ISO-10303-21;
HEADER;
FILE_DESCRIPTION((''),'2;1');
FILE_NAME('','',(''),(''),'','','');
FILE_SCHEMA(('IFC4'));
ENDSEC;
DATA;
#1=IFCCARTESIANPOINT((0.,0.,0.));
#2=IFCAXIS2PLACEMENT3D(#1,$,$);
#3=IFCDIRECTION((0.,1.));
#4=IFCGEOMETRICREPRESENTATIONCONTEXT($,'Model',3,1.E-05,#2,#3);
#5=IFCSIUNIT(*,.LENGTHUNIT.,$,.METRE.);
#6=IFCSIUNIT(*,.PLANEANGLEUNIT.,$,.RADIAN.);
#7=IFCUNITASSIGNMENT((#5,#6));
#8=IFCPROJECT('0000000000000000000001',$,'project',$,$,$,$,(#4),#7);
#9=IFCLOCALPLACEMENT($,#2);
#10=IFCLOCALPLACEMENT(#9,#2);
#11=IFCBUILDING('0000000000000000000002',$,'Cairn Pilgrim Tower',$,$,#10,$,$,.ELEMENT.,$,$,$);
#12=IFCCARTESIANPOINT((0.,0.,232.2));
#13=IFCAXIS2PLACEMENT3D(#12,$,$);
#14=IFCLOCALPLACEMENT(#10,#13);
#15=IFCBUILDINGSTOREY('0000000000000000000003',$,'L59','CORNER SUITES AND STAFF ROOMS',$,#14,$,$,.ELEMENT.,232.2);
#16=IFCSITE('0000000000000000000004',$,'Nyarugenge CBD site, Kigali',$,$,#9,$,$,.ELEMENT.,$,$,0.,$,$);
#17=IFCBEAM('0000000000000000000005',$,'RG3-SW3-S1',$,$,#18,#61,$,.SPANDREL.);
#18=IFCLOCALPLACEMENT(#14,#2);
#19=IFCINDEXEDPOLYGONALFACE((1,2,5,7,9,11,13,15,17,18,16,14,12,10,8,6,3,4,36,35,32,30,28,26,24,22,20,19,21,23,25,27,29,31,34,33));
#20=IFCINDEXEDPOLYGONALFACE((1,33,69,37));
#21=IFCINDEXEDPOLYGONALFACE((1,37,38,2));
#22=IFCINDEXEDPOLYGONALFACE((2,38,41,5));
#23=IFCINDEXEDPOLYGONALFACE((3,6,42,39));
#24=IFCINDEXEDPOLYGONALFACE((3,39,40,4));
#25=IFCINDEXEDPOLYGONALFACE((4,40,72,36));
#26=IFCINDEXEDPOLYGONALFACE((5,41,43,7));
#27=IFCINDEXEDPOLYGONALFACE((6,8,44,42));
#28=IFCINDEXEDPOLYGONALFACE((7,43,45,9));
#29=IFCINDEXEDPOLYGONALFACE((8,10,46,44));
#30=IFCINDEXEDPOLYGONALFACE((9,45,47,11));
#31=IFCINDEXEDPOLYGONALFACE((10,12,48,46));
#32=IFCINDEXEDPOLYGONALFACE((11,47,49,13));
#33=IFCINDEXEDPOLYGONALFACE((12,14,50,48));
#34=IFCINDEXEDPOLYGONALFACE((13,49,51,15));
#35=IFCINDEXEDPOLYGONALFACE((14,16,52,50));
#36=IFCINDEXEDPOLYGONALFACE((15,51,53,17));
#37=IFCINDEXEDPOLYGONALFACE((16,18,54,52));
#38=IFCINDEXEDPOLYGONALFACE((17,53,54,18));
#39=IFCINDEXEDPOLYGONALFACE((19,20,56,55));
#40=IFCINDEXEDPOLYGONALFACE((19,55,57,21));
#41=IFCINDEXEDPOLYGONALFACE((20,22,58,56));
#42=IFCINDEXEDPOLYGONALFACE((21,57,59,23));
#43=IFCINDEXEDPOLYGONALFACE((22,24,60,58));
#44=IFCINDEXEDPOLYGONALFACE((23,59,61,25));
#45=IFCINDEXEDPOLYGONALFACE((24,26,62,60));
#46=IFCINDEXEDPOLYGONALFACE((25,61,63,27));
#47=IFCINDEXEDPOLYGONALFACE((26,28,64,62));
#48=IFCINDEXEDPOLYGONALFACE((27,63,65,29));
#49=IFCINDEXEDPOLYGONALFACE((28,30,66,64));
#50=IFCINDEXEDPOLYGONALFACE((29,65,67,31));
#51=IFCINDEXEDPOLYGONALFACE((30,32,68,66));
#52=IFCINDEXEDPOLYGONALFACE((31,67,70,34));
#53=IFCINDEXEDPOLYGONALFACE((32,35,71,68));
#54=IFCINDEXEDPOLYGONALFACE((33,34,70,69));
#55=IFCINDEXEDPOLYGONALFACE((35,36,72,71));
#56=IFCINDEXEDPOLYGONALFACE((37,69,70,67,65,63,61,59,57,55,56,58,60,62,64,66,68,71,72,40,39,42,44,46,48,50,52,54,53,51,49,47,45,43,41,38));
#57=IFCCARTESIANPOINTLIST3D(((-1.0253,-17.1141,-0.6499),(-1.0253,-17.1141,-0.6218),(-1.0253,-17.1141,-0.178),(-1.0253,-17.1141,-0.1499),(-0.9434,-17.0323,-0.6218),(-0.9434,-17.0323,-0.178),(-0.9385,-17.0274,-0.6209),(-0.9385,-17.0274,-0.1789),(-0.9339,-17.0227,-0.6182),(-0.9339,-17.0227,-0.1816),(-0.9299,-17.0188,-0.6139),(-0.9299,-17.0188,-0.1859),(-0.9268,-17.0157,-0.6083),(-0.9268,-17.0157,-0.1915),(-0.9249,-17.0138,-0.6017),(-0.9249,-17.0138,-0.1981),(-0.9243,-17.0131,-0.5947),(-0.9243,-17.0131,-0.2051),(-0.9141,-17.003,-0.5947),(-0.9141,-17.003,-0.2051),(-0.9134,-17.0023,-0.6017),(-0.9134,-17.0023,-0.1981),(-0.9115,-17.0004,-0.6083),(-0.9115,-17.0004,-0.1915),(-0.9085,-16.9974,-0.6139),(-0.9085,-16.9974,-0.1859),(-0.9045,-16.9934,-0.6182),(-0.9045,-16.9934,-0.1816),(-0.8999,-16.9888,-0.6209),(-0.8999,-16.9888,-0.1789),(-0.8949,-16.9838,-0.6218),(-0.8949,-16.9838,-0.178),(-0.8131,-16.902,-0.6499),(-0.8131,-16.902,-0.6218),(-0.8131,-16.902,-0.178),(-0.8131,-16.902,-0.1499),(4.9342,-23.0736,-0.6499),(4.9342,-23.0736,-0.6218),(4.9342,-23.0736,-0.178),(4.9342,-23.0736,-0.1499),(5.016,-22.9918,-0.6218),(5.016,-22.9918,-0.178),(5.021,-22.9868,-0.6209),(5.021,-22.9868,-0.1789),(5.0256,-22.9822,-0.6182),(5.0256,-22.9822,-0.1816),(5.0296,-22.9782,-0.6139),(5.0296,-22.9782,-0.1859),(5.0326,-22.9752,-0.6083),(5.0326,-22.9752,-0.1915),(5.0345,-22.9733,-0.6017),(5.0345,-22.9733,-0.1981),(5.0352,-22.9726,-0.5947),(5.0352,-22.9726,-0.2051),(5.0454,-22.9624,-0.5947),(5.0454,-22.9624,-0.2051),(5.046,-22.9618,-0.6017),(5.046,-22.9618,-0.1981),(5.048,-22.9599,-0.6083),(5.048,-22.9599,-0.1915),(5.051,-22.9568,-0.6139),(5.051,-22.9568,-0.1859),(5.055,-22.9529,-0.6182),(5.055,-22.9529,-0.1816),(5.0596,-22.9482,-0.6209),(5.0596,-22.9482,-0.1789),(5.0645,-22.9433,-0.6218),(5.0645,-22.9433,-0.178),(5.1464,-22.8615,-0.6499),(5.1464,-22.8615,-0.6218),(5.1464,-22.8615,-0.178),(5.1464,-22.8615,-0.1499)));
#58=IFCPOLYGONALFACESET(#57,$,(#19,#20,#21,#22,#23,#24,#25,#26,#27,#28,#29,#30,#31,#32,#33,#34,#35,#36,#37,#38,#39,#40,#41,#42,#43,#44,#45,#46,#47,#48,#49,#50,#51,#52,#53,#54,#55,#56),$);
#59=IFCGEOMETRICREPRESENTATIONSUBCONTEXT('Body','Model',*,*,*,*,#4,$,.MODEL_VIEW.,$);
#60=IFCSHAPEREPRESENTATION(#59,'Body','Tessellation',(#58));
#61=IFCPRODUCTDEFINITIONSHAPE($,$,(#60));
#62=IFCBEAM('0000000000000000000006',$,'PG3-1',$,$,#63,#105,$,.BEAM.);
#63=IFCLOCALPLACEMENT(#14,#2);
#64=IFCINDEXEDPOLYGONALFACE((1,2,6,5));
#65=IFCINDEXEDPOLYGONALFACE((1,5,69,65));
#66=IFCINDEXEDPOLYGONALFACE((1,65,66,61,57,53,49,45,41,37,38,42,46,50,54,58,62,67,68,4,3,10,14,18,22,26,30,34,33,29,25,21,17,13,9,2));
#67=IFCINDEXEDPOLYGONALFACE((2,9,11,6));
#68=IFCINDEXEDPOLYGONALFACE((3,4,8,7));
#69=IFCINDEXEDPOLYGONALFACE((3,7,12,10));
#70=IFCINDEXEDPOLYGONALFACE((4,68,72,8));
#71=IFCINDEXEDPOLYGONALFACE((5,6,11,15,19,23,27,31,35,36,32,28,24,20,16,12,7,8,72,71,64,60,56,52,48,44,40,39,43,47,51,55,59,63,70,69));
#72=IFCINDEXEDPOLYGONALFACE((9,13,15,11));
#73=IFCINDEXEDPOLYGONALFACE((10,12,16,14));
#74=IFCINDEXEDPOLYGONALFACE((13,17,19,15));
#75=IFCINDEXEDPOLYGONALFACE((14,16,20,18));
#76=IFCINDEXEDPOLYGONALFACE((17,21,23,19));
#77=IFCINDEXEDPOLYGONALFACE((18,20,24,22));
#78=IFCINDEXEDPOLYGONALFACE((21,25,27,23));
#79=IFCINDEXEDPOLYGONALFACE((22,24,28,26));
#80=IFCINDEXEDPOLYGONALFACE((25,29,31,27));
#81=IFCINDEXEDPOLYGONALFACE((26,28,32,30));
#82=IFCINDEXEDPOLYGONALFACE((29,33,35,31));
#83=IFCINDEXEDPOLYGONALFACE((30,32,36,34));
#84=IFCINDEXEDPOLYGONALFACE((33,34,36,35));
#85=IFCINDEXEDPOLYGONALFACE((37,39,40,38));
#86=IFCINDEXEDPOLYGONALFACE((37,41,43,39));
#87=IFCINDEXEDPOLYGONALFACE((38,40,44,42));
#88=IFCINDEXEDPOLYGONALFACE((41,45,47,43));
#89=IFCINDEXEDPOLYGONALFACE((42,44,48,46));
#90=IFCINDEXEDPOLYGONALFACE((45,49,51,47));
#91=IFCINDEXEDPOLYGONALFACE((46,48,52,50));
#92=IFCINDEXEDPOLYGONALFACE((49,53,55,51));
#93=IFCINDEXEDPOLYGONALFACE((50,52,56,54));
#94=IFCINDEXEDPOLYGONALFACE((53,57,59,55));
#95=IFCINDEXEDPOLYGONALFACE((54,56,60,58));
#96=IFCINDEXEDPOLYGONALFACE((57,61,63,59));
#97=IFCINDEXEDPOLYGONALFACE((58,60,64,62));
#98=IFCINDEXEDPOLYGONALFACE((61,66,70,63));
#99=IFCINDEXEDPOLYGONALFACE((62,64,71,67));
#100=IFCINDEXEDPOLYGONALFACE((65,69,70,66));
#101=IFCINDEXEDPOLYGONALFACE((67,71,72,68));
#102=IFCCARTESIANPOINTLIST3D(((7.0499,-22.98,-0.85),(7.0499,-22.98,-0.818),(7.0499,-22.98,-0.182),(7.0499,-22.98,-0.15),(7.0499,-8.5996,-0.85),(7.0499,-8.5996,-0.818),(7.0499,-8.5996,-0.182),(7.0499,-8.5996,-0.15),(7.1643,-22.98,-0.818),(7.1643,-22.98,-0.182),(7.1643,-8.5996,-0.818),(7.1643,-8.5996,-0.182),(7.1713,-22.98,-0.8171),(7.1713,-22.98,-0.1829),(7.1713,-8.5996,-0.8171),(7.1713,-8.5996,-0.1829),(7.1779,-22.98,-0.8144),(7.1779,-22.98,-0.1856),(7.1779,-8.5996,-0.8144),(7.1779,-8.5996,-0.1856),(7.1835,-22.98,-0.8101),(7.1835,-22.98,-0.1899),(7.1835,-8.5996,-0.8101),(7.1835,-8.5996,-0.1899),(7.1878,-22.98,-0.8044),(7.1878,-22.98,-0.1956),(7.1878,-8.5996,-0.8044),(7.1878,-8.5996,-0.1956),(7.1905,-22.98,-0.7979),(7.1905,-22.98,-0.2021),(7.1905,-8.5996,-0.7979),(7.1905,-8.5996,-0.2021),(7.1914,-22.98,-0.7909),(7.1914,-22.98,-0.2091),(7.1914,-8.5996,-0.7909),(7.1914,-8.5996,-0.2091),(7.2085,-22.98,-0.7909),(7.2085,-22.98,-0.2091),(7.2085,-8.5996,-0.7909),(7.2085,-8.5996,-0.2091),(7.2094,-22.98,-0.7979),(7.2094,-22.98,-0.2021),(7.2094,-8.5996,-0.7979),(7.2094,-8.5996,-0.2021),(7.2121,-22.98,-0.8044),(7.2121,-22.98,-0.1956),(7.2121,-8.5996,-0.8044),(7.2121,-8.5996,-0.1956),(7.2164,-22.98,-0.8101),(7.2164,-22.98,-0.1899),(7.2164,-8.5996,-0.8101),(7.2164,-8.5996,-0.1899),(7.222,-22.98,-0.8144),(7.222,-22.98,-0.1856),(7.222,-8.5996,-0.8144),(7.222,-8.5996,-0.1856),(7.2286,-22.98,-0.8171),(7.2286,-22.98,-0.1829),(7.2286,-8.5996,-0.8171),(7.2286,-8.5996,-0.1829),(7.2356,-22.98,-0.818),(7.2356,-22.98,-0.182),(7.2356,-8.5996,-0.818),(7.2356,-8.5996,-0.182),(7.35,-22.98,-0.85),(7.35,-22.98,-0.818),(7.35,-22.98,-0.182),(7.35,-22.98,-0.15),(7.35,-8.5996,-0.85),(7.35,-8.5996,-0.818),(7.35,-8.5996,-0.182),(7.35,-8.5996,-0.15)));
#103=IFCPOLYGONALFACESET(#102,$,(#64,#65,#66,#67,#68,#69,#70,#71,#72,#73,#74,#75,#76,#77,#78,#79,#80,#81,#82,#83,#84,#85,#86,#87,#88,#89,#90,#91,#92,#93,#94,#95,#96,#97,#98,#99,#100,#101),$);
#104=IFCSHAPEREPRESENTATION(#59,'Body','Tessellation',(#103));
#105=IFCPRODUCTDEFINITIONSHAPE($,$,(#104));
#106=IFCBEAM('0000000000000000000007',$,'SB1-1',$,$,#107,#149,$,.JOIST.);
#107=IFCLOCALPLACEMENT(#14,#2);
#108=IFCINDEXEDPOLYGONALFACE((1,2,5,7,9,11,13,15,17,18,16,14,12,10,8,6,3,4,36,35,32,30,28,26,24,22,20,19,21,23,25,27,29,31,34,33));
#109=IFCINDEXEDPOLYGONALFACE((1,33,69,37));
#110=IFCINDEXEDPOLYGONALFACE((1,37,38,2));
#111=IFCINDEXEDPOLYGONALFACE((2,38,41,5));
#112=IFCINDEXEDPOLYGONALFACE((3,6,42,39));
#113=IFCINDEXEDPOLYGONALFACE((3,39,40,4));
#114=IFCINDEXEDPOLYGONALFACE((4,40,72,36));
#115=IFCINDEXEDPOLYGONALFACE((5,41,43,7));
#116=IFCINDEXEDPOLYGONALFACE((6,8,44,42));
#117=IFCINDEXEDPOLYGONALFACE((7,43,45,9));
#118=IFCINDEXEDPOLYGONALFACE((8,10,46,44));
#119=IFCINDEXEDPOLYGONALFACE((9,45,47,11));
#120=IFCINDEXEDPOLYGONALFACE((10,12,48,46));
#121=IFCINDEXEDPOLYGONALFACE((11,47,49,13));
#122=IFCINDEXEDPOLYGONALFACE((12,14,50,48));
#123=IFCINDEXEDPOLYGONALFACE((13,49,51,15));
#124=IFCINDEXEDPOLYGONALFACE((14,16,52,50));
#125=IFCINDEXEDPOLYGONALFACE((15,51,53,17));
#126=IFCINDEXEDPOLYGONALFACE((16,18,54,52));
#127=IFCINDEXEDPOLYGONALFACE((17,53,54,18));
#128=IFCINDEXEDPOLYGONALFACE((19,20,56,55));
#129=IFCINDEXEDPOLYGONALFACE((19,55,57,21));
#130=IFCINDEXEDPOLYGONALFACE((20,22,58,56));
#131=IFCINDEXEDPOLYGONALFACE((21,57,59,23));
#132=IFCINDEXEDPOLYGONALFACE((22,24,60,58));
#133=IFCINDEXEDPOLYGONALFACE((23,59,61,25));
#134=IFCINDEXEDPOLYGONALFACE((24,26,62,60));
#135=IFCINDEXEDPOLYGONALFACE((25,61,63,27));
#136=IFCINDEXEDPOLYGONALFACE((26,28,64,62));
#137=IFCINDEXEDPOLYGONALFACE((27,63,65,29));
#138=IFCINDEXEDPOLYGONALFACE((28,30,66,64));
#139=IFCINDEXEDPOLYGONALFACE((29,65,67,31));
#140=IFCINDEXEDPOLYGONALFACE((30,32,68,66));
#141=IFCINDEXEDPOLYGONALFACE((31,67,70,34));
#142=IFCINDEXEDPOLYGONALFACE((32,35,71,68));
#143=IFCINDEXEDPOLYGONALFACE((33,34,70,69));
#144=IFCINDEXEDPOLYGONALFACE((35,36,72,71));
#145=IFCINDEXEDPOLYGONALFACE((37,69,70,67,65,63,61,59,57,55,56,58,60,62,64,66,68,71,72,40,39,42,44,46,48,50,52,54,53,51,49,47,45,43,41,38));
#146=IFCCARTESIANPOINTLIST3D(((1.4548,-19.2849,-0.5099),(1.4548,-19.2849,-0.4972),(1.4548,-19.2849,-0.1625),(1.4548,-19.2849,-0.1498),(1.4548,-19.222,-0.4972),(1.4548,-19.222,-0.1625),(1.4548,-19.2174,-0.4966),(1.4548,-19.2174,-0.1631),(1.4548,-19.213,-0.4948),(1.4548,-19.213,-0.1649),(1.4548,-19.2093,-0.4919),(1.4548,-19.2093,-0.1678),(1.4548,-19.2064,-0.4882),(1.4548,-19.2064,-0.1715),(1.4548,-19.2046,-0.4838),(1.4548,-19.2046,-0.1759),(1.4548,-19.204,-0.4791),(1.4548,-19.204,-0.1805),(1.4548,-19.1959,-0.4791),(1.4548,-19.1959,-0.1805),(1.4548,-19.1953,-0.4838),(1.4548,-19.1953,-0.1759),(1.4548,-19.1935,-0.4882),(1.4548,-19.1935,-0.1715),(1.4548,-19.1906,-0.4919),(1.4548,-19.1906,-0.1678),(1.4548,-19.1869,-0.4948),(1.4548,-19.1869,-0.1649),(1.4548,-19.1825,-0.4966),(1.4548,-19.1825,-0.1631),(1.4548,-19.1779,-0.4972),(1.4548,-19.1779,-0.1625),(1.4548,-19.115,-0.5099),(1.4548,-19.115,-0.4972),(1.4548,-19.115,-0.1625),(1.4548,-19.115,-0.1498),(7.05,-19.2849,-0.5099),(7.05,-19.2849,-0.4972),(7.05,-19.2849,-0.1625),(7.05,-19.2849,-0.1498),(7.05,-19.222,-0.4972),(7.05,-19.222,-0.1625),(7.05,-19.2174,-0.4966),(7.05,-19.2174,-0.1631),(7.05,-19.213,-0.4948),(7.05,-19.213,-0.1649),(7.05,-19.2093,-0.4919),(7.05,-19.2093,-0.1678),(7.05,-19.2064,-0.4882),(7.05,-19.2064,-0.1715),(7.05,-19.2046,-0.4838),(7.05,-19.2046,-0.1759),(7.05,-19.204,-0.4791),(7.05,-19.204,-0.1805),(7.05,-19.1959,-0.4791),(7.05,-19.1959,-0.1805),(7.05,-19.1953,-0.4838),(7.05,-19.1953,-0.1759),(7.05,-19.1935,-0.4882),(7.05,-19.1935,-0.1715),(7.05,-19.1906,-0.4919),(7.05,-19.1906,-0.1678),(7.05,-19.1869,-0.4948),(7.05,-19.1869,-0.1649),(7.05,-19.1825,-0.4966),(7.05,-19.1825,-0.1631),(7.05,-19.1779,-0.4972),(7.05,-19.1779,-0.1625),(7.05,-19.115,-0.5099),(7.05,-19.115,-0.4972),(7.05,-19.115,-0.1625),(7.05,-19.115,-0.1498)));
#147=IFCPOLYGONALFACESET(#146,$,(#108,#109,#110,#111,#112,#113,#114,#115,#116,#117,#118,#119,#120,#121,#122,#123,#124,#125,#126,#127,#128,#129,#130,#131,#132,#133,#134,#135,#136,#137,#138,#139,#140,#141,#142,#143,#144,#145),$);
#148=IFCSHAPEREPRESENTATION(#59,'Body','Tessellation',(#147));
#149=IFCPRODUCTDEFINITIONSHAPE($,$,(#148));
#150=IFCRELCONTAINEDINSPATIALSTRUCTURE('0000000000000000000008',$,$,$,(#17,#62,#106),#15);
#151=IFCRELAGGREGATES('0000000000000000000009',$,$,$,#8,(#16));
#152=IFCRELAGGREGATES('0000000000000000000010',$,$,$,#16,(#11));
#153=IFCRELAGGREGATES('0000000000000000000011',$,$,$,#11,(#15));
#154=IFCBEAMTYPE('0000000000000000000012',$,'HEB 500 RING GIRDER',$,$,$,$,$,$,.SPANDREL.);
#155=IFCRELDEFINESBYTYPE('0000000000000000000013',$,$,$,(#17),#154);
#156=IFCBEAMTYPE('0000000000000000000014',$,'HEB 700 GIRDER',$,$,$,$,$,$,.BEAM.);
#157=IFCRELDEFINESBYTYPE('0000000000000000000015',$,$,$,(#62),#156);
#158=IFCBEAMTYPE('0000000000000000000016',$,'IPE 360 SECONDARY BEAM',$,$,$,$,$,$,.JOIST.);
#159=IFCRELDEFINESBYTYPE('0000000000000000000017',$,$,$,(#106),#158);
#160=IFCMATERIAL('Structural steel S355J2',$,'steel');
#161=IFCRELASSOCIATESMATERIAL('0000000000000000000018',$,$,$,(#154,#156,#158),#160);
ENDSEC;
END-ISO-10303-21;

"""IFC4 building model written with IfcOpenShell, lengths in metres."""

from ifc_helpers import new_model, si_unit, direction, frame, origin, origin_2d, place, context, subcontext, project, spatial, i_section, extrude, material, material_profile, profile_set, type_object, element, save


model = new_model("IFC4")

# Units and contexts
model_context = context("Model", 3, precision=1e-05, world=origin(), true_north=direction((0.0, 1.0)))
body_context = subcontext(model_context, "Body", "Model", "MODEL_VIEW")
ifc_project = project(units=[si_unit("LENGTHUNIT", "METRE"), si_unit("PLANEANGLEUNIT", "RADIAN")], contexts=[model_context])

# Site, building, storey
site_placement = place(None, origin())
site = spatial("IfcSite", under=ifc_project, at=site_placement, Name="Nyarugenge CBD site, Kigali", CompositionType="ELEMENT", RefElevation=0.0)
building_placement = place(site_placement, origin())
building = spatial("IfcBuilding", under=site, at=building_placement, Name="Cairn Pilgrim Tower", CompositionType="ELEMENT")
storey_placement = place(building_placement, frame((0.0, 0.0, 232.2)))
storey = spatial("IfcBuildingStorey", under=building, at=storey_placement, Name="L59", Description="CORNER SUITES AND STAFF ROOMS", CompositionType="ELEMENT", Elevation=232.2)

# Shared definitions
ifc_material_1 = material(Name="Structural steel S355J2", Category="steel")

# Beams
ifc_material_profile_1 = material_profile(ifc_material_1, i_section(OverallWidth=0.3, OverallDepth=0.5, WebThickness=0.0144, FlangeThickness=0.0281, FilletRadius=0.0271, at=origin_2d()), Name="HEB 500")
ifc_profile_set_1 = profile_set([ifc_material_profile_1], Name="Structural steel S355J2")
beam_type_1 = type_object("IfcBeamType", Name="HEB 500 RING GIRDER", PredefinedType="SPANDREL", material=ifc_profile_set_1)
beam_1_placement = place(storey_placement, frame((-0.9192, -17.0081, -0.3999), z_axis=(0.707107, -0.707107, 0.0), x_axis=(0.707107, 0.707107, 0.0)))
element("IfcBeam", 1, at=beam_1_placement, inside=storey, type_object=beam_type_1, Name="RG3-SW3-S1", PredefinedType="SPANDREL", context=body_context, shape_type="SweptSolid", body=[
    extrude(i_section(OverallWidth=0.3, OverallDepth=0.5, WebThickness=0.0144, FlangeThickness=0.0281, FilletRadius=0.0271, at=origin_2d()), origin(), (0.0, 0.0, 1.0), 8.428),
])
ifc_material_profile_2 = material_profile(ifc_material_1, i_section(OverallWidth=0.3, OverallDepth=0.7, WebThickness=0.0171, FlangeThickness=0.032, FilletRadius=0.0271, at=origin_2d()), Name="HEB 700")
ifc_profile_set_2 = profile_set([ifc_material_profile_2], Name="Structural steel S355J2")
beam_type_2 = type_object("IfcBeamType", Name="HEB 700 GIRDER", PredefinedType="BEAM", material=ifc_profile_set_2)
beam_2_placement = place(storey_placement, frame((7.2, -22.98, -0.5), z_axis=(0.0, 1.0, 0.0), x_axis=(-1.0, 0.0, 0.0)))
element("IfcBeam", 2, at=beam_2_placement, inside=storey, type_object=beam_type_2, Name="PG3-1", PredefinedType="BEAM", context=body_context, shape_type="SweptSolid", body=[
    extrude(i_section(OverallWidth=0.3, OverallDepth=0.7, WebThickness=0.0171, FlangeThickness=0.032, FilletRadius=0.0271, at=origin_2d()), origin(), (0.0, 0.0, 1.0), 14.3804),
])
ifc_material_profile_3 = material_profile(ifc_material_1, i_section(OverallWidth=0.1699, OverallDepth=0.3601, WebThickness=0.0081, FlangeThickness=0.0127, FilletRadius=0.0181, at=origin_2d()), Name="IPE 360")
ifc_profile_set_3 = profile_set([ifc_material_profile_3], Name="Structural steel S355J2")
beam_type_3 = type_object("IfcBeamType", Name="IPE 360 SECONDARY BEAM", PredefinedType="JOIST", material=ifc_profile_set_3)
beam_3_placement = place(storey_placement, frame((1.4548, -19.2, -0.3298), z_axis=(1.0, 0.0, 0.0), x_axis=(0.0, 1.0, 0.0)))
element("IfcBeam", 3, at=beam_3_placement, inside=storey, type_object=beam_type_3, Name="SB1-1", PredefinedType="JOIST", context=body_context, shape_type="SweptSolid", body=[
    extrude(i_section(OverallWidth=0.1699, OverallDepth=0.3601, WebThickness=0.0081, FlangeThickness=0.0127, FilletRadius=0.0181, at=origin_2d()), origin(), (0.0, 0.0, 1.0), 5.5952),
])

save(model, "model.ifc")
